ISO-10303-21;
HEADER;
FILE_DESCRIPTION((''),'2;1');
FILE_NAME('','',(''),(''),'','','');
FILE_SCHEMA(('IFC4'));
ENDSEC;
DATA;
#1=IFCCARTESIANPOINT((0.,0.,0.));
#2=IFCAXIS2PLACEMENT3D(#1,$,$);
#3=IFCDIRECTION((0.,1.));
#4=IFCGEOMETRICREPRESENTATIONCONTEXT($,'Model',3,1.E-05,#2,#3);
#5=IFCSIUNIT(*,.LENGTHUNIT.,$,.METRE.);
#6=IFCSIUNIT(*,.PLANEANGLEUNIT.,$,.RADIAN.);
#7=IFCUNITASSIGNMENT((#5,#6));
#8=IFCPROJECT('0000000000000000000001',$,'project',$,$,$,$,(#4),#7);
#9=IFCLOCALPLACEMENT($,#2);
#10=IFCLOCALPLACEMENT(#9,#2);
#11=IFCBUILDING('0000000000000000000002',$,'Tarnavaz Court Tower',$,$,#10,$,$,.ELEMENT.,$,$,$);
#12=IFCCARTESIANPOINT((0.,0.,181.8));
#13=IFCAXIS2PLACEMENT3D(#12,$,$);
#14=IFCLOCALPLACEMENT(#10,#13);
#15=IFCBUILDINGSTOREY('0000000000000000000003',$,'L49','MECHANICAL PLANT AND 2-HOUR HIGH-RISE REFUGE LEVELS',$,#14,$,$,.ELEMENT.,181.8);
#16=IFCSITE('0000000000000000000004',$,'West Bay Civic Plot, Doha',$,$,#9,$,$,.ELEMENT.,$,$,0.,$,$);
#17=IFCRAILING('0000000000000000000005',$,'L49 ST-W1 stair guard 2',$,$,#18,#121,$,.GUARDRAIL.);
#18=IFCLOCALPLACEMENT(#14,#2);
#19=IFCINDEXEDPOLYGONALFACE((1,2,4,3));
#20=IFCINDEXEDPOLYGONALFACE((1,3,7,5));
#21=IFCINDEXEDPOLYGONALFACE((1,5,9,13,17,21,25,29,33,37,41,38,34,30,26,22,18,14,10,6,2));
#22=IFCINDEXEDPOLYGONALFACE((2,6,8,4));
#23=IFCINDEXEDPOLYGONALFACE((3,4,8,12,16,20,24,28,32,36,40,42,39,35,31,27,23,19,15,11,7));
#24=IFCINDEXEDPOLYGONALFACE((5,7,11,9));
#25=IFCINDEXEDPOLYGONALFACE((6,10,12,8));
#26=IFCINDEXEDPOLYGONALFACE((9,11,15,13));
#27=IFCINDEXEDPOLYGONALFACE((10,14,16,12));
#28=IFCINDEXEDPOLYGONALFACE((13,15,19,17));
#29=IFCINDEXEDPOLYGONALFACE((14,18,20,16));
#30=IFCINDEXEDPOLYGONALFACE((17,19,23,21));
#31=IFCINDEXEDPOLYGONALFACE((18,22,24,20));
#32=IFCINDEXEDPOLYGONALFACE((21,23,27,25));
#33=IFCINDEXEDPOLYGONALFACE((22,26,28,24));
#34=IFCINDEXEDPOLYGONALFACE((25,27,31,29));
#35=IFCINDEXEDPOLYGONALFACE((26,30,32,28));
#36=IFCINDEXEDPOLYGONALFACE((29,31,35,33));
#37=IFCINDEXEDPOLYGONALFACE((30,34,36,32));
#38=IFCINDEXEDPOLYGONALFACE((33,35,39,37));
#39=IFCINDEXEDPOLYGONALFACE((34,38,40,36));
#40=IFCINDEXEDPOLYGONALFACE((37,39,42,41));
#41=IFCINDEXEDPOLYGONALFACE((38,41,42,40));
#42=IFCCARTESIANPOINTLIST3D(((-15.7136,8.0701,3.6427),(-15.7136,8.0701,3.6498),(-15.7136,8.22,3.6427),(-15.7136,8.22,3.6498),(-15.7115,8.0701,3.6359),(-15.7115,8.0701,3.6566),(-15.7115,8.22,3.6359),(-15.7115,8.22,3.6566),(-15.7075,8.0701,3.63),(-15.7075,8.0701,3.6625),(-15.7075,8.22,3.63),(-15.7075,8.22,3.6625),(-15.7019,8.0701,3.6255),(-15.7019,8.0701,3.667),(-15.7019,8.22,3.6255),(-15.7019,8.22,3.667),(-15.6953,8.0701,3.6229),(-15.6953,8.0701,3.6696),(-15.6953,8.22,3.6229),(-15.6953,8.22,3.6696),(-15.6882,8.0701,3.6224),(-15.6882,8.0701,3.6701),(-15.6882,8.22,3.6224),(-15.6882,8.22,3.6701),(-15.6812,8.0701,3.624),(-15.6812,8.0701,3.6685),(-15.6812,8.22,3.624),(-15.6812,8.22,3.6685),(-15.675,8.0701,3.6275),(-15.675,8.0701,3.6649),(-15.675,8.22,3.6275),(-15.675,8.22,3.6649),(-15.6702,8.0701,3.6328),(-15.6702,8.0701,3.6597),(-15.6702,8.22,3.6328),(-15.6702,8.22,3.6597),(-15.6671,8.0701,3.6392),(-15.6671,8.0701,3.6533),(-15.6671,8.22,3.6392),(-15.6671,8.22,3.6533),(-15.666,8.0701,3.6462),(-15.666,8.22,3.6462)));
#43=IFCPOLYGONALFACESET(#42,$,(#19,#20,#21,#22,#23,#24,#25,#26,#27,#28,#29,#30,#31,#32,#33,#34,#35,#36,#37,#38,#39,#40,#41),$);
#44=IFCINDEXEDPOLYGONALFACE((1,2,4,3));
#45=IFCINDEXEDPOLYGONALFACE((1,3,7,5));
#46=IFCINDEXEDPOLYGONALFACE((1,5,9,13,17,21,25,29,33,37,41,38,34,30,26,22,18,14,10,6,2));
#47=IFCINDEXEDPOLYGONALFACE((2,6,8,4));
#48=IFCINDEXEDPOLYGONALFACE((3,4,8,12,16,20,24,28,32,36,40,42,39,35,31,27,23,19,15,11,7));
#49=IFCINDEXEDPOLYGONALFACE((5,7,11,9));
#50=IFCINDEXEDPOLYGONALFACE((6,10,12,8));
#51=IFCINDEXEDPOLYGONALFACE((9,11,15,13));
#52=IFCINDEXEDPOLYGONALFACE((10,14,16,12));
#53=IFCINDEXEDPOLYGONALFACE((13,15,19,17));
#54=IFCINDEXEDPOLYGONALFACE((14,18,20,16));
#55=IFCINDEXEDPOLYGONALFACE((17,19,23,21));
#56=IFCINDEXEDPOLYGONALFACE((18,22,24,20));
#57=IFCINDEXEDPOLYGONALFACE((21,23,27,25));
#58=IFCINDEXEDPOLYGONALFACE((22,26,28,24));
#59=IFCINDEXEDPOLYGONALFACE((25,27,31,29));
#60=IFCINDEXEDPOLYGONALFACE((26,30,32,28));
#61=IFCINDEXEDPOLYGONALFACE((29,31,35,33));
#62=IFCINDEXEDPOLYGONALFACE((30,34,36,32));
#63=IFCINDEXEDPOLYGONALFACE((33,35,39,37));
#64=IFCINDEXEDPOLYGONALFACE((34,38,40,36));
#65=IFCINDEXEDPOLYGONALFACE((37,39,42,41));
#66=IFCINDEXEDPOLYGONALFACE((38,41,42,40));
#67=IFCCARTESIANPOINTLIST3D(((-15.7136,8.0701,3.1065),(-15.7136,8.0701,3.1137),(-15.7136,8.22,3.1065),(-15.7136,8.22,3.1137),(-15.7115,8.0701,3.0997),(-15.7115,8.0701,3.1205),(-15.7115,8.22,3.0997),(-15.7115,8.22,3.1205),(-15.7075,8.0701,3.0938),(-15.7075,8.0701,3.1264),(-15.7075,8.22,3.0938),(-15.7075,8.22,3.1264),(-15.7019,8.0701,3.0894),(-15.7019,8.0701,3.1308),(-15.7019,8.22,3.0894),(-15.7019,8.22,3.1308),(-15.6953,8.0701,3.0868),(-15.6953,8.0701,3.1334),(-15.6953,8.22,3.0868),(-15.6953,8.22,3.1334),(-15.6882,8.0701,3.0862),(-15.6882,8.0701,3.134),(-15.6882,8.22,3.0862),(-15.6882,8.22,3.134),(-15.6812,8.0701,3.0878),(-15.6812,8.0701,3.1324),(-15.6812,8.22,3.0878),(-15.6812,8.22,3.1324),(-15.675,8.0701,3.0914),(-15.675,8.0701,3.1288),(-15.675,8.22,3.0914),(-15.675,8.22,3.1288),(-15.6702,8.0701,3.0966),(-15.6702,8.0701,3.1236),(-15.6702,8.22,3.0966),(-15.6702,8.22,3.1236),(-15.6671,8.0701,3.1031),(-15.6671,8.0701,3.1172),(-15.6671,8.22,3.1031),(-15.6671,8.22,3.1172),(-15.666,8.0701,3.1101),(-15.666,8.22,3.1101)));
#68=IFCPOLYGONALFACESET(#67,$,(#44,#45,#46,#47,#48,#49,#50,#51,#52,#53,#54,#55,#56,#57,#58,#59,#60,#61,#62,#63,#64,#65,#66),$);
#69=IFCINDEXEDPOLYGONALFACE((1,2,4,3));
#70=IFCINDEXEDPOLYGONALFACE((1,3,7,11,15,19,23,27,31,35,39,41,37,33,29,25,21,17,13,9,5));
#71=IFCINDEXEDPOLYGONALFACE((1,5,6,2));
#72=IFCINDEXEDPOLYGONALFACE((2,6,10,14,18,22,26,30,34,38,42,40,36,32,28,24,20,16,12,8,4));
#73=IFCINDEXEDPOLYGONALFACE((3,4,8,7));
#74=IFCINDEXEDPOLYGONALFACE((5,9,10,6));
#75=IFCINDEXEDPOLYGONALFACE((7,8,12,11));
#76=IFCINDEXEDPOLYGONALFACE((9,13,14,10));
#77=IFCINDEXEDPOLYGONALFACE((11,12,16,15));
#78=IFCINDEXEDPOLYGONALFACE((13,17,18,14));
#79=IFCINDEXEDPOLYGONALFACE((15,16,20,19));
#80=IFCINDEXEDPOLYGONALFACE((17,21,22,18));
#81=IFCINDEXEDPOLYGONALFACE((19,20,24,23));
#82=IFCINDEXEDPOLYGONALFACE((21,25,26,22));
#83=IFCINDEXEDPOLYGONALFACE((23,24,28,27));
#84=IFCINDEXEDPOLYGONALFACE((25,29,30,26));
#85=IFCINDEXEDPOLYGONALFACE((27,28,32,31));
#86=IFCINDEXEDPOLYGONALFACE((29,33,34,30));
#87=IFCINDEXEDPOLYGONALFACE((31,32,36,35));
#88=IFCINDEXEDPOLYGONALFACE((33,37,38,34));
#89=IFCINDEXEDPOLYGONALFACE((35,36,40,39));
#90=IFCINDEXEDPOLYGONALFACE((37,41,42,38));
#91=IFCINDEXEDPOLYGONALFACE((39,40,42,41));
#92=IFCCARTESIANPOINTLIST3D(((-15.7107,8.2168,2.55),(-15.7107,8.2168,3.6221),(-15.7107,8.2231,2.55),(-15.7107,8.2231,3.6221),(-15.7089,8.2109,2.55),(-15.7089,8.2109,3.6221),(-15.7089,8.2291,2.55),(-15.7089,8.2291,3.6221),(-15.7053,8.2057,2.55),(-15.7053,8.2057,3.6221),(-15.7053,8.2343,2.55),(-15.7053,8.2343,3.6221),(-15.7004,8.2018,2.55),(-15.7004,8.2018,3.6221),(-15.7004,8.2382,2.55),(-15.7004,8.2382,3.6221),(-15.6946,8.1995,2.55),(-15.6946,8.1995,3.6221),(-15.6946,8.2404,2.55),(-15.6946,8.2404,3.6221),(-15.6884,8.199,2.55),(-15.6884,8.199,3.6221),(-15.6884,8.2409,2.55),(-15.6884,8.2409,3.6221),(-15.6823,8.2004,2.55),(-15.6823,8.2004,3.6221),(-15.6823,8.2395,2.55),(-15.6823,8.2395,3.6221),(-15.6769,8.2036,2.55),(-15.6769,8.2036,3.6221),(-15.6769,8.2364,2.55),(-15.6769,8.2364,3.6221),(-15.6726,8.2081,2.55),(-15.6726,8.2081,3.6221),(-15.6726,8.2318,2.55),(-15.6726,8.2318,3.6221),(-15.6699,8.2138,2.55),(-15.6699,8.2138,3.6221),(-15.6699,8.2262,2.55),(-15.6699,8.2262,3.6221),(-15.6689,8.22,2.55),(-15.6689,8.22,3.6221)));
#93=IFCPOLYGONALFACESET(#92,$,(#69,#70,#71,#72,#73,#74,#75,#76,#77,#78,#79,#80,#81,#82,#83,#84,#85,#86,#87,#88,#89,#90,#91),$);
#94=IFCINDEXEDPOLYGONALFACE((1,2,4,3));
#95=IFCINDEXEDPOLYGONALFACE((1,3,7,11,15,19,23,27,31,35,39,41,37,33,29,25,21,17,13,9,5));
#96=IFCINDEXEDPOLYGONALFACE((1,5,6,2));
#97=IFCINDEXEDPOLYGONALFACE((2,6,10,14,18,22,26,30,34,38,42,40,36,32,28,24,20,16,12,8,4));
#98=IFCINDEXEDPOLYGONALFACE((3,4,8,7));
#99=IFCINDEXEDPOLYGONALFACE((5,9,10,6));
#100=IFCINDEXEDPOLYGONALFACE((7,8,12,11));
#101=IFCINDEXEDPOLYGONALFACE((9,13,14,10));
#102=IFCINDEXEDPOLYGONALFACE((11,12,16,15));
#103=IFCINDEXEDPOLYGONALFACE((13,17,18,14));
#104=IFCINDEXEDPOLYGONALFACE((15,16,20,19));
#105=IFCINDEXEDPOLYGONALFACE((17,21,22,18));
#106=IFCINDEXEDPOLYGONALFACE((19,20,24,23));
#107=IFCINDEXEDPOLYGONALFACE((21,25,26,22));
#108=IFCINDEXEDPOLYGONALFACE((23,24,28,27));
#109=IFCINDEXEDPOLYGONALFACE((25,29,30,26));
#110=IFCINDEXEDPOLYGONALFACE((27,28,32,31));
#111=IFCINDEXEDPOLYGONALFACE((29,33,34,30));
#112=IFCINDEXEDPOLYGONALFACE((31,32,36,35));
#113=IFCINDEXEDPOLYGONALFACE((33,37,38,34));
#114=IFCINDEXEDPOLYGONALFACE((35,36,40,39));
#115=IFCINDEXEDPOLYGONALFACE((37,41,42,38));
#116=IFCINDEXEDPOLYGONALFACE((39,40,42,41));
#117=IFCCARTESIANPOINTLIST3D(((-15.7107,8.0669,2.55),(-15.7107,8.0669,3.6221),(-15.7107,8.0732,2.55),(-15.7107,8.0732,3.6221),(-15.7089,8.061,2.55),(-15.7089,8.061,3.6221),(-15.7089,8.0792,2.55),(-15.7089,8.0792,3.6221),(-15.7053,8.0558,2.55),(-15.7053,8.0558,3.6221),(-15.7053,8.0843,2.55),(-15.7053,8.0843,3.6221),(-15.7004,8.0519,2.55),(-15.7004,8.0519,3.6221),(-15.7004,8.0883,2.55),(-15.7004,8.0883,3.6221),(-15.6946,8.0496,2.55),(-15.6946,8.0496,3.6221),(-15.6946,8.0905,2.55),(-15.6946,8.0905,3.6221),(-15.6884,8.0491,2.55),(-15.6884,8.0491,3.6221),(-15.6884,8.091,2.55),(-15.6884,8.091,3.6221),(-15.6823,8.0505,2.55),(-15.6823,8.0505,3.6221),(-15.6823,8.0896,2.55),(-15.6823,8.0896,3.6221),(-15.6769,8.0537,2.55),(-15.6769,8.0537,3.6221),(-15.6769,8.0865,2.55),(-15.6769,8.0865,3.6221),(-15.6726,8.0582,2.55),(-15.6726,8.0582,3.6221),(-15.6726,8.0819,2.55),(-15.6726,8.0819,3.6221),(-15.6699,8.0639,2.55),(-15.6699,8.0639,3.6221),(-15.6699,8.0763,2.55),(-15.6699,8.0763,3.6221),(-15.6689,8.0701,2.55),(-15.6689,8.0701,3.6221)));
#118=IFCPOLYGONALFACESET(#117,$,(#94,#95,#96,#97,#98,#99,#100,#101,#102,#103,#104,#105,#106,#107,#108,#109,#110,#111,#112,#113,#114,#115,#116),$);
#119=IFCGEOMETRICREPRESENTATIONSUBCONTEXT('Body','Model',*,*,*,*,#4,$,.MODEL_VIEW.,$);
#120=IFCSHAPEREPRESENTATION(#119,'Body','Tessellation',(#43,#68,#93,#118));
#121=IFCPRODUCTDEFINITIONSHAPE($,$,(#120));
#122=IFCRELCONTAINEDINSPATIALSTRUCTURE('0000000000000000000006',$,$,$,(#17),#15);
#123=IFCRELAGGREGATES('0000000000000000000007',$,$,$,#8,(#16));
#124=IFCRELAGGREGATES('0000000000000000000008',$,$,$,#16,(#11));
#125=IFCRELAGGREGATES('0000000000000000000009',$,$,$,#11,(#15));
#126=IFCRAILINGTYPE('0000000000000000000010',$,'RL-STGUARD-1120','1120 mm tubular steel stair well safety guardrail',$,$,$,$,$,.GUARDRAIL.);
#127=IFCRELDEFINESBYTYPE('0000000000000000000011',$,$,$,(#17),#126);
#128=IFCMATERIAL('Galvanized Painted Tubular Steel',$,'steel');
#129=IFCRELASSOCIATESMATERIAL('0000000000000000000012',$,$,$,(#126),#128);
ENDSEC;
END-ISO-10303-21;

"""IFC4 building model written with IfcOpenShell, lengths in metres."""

from ifc_helpers import new_model, si_unit, direction, frame, origin, origin_2d, place, context, subcontext, project, spatial, circle, extrude, material, type_object, element, save


model = new_model("IFC4")

# Units and contexts
model_context = context("Model", 3, precision=1e-05, world=origin(), true_north=direction((0.0, 1.0)))
body_context = subcontext(model_context, "Body", "Model", "MODEL_VIEW")
ifc_project = project(units=[si_unit("LENGTHUNIT", "METRE"), si_unit("PLANEANGLEUNIT", "RADIAN")], contexts=[model_context])

# Site, building, storey
site_placement = place(None, origin())
site = spatial("IfcSite", under=ifc_project, at=site_placement, Name="West Bay Civic Plot, Doha", CompositionType="ELEMENT", RefElevation=0.0)
building_placement = place(site_placement, origin())
building = spatial("IfcBuilding", under=site, at=building_placement, Name="Tarnavaz Court Tower", CompositionType="ELEMENT")
storey_placement = place(building_placement, frame((0.0, 0.0, 181.8)))
storey = spatial("IfcBuildingStorey", under=building, at=storey_placement, Name="L49", Description="MECHANICAL PLANT AND 2-HOUR HIGH-RISE REFUGE LEVELS", CompositionType="ELEMENT", Elevation=181.8)

# Railing
ifc_material_1 = material(Name="Galvanized Painted Tubular Steel", Category="steel")
railing_type = type_object("IfcRailingType", Name="RL-STGUARD-1120", Description="1120 mm tubular steel stair well safety guardrail", PredefinedType="GUARDRAIL", material=ifc_material_1)
railing_1_placement = place(storey_placement, frame((-15.6899, 8.22, 2.55)))
element("IfcRailing", 1, at=railing_1_placement, inside=storey, type_object=railing_type, Name="L49 ST-W1 stair guard 2", PredefinedType="GUARDRAIL", context=body_context, shape_type="SweptSolid", body=[
    extrude(circle(Radius=0.0239, at=origin_2d()), frame((0.0, 0.0, 1.0962), z_axis=(0.0, -1.0, 0.0), x_axis=(1.0, 0.0, 0.0)), (0.0, 0.0, 1.0), 0.1499),
    extrude(circle(Radius=0.0239, at=origin_2d()), frame((0.0, 0.0, 0.5601), z_axis=(0.0, -1.0, 0.0), x_axis=(1.0, 0.0, 0.0)), (0.0, 0.0, 1.0), 0.1499),
    extrude(circle(Radius=0.021, at=origin_2d()), origin(), (0.0, 0.0, 1.0), 1.072),
    extrude(circle(Radius=0.021, at=origin_2d()), frame((0.0, -0.1499, 0.0)), (0.0, 0.0, 1.0), 1.072),
])

save(model, "model.ifc")
